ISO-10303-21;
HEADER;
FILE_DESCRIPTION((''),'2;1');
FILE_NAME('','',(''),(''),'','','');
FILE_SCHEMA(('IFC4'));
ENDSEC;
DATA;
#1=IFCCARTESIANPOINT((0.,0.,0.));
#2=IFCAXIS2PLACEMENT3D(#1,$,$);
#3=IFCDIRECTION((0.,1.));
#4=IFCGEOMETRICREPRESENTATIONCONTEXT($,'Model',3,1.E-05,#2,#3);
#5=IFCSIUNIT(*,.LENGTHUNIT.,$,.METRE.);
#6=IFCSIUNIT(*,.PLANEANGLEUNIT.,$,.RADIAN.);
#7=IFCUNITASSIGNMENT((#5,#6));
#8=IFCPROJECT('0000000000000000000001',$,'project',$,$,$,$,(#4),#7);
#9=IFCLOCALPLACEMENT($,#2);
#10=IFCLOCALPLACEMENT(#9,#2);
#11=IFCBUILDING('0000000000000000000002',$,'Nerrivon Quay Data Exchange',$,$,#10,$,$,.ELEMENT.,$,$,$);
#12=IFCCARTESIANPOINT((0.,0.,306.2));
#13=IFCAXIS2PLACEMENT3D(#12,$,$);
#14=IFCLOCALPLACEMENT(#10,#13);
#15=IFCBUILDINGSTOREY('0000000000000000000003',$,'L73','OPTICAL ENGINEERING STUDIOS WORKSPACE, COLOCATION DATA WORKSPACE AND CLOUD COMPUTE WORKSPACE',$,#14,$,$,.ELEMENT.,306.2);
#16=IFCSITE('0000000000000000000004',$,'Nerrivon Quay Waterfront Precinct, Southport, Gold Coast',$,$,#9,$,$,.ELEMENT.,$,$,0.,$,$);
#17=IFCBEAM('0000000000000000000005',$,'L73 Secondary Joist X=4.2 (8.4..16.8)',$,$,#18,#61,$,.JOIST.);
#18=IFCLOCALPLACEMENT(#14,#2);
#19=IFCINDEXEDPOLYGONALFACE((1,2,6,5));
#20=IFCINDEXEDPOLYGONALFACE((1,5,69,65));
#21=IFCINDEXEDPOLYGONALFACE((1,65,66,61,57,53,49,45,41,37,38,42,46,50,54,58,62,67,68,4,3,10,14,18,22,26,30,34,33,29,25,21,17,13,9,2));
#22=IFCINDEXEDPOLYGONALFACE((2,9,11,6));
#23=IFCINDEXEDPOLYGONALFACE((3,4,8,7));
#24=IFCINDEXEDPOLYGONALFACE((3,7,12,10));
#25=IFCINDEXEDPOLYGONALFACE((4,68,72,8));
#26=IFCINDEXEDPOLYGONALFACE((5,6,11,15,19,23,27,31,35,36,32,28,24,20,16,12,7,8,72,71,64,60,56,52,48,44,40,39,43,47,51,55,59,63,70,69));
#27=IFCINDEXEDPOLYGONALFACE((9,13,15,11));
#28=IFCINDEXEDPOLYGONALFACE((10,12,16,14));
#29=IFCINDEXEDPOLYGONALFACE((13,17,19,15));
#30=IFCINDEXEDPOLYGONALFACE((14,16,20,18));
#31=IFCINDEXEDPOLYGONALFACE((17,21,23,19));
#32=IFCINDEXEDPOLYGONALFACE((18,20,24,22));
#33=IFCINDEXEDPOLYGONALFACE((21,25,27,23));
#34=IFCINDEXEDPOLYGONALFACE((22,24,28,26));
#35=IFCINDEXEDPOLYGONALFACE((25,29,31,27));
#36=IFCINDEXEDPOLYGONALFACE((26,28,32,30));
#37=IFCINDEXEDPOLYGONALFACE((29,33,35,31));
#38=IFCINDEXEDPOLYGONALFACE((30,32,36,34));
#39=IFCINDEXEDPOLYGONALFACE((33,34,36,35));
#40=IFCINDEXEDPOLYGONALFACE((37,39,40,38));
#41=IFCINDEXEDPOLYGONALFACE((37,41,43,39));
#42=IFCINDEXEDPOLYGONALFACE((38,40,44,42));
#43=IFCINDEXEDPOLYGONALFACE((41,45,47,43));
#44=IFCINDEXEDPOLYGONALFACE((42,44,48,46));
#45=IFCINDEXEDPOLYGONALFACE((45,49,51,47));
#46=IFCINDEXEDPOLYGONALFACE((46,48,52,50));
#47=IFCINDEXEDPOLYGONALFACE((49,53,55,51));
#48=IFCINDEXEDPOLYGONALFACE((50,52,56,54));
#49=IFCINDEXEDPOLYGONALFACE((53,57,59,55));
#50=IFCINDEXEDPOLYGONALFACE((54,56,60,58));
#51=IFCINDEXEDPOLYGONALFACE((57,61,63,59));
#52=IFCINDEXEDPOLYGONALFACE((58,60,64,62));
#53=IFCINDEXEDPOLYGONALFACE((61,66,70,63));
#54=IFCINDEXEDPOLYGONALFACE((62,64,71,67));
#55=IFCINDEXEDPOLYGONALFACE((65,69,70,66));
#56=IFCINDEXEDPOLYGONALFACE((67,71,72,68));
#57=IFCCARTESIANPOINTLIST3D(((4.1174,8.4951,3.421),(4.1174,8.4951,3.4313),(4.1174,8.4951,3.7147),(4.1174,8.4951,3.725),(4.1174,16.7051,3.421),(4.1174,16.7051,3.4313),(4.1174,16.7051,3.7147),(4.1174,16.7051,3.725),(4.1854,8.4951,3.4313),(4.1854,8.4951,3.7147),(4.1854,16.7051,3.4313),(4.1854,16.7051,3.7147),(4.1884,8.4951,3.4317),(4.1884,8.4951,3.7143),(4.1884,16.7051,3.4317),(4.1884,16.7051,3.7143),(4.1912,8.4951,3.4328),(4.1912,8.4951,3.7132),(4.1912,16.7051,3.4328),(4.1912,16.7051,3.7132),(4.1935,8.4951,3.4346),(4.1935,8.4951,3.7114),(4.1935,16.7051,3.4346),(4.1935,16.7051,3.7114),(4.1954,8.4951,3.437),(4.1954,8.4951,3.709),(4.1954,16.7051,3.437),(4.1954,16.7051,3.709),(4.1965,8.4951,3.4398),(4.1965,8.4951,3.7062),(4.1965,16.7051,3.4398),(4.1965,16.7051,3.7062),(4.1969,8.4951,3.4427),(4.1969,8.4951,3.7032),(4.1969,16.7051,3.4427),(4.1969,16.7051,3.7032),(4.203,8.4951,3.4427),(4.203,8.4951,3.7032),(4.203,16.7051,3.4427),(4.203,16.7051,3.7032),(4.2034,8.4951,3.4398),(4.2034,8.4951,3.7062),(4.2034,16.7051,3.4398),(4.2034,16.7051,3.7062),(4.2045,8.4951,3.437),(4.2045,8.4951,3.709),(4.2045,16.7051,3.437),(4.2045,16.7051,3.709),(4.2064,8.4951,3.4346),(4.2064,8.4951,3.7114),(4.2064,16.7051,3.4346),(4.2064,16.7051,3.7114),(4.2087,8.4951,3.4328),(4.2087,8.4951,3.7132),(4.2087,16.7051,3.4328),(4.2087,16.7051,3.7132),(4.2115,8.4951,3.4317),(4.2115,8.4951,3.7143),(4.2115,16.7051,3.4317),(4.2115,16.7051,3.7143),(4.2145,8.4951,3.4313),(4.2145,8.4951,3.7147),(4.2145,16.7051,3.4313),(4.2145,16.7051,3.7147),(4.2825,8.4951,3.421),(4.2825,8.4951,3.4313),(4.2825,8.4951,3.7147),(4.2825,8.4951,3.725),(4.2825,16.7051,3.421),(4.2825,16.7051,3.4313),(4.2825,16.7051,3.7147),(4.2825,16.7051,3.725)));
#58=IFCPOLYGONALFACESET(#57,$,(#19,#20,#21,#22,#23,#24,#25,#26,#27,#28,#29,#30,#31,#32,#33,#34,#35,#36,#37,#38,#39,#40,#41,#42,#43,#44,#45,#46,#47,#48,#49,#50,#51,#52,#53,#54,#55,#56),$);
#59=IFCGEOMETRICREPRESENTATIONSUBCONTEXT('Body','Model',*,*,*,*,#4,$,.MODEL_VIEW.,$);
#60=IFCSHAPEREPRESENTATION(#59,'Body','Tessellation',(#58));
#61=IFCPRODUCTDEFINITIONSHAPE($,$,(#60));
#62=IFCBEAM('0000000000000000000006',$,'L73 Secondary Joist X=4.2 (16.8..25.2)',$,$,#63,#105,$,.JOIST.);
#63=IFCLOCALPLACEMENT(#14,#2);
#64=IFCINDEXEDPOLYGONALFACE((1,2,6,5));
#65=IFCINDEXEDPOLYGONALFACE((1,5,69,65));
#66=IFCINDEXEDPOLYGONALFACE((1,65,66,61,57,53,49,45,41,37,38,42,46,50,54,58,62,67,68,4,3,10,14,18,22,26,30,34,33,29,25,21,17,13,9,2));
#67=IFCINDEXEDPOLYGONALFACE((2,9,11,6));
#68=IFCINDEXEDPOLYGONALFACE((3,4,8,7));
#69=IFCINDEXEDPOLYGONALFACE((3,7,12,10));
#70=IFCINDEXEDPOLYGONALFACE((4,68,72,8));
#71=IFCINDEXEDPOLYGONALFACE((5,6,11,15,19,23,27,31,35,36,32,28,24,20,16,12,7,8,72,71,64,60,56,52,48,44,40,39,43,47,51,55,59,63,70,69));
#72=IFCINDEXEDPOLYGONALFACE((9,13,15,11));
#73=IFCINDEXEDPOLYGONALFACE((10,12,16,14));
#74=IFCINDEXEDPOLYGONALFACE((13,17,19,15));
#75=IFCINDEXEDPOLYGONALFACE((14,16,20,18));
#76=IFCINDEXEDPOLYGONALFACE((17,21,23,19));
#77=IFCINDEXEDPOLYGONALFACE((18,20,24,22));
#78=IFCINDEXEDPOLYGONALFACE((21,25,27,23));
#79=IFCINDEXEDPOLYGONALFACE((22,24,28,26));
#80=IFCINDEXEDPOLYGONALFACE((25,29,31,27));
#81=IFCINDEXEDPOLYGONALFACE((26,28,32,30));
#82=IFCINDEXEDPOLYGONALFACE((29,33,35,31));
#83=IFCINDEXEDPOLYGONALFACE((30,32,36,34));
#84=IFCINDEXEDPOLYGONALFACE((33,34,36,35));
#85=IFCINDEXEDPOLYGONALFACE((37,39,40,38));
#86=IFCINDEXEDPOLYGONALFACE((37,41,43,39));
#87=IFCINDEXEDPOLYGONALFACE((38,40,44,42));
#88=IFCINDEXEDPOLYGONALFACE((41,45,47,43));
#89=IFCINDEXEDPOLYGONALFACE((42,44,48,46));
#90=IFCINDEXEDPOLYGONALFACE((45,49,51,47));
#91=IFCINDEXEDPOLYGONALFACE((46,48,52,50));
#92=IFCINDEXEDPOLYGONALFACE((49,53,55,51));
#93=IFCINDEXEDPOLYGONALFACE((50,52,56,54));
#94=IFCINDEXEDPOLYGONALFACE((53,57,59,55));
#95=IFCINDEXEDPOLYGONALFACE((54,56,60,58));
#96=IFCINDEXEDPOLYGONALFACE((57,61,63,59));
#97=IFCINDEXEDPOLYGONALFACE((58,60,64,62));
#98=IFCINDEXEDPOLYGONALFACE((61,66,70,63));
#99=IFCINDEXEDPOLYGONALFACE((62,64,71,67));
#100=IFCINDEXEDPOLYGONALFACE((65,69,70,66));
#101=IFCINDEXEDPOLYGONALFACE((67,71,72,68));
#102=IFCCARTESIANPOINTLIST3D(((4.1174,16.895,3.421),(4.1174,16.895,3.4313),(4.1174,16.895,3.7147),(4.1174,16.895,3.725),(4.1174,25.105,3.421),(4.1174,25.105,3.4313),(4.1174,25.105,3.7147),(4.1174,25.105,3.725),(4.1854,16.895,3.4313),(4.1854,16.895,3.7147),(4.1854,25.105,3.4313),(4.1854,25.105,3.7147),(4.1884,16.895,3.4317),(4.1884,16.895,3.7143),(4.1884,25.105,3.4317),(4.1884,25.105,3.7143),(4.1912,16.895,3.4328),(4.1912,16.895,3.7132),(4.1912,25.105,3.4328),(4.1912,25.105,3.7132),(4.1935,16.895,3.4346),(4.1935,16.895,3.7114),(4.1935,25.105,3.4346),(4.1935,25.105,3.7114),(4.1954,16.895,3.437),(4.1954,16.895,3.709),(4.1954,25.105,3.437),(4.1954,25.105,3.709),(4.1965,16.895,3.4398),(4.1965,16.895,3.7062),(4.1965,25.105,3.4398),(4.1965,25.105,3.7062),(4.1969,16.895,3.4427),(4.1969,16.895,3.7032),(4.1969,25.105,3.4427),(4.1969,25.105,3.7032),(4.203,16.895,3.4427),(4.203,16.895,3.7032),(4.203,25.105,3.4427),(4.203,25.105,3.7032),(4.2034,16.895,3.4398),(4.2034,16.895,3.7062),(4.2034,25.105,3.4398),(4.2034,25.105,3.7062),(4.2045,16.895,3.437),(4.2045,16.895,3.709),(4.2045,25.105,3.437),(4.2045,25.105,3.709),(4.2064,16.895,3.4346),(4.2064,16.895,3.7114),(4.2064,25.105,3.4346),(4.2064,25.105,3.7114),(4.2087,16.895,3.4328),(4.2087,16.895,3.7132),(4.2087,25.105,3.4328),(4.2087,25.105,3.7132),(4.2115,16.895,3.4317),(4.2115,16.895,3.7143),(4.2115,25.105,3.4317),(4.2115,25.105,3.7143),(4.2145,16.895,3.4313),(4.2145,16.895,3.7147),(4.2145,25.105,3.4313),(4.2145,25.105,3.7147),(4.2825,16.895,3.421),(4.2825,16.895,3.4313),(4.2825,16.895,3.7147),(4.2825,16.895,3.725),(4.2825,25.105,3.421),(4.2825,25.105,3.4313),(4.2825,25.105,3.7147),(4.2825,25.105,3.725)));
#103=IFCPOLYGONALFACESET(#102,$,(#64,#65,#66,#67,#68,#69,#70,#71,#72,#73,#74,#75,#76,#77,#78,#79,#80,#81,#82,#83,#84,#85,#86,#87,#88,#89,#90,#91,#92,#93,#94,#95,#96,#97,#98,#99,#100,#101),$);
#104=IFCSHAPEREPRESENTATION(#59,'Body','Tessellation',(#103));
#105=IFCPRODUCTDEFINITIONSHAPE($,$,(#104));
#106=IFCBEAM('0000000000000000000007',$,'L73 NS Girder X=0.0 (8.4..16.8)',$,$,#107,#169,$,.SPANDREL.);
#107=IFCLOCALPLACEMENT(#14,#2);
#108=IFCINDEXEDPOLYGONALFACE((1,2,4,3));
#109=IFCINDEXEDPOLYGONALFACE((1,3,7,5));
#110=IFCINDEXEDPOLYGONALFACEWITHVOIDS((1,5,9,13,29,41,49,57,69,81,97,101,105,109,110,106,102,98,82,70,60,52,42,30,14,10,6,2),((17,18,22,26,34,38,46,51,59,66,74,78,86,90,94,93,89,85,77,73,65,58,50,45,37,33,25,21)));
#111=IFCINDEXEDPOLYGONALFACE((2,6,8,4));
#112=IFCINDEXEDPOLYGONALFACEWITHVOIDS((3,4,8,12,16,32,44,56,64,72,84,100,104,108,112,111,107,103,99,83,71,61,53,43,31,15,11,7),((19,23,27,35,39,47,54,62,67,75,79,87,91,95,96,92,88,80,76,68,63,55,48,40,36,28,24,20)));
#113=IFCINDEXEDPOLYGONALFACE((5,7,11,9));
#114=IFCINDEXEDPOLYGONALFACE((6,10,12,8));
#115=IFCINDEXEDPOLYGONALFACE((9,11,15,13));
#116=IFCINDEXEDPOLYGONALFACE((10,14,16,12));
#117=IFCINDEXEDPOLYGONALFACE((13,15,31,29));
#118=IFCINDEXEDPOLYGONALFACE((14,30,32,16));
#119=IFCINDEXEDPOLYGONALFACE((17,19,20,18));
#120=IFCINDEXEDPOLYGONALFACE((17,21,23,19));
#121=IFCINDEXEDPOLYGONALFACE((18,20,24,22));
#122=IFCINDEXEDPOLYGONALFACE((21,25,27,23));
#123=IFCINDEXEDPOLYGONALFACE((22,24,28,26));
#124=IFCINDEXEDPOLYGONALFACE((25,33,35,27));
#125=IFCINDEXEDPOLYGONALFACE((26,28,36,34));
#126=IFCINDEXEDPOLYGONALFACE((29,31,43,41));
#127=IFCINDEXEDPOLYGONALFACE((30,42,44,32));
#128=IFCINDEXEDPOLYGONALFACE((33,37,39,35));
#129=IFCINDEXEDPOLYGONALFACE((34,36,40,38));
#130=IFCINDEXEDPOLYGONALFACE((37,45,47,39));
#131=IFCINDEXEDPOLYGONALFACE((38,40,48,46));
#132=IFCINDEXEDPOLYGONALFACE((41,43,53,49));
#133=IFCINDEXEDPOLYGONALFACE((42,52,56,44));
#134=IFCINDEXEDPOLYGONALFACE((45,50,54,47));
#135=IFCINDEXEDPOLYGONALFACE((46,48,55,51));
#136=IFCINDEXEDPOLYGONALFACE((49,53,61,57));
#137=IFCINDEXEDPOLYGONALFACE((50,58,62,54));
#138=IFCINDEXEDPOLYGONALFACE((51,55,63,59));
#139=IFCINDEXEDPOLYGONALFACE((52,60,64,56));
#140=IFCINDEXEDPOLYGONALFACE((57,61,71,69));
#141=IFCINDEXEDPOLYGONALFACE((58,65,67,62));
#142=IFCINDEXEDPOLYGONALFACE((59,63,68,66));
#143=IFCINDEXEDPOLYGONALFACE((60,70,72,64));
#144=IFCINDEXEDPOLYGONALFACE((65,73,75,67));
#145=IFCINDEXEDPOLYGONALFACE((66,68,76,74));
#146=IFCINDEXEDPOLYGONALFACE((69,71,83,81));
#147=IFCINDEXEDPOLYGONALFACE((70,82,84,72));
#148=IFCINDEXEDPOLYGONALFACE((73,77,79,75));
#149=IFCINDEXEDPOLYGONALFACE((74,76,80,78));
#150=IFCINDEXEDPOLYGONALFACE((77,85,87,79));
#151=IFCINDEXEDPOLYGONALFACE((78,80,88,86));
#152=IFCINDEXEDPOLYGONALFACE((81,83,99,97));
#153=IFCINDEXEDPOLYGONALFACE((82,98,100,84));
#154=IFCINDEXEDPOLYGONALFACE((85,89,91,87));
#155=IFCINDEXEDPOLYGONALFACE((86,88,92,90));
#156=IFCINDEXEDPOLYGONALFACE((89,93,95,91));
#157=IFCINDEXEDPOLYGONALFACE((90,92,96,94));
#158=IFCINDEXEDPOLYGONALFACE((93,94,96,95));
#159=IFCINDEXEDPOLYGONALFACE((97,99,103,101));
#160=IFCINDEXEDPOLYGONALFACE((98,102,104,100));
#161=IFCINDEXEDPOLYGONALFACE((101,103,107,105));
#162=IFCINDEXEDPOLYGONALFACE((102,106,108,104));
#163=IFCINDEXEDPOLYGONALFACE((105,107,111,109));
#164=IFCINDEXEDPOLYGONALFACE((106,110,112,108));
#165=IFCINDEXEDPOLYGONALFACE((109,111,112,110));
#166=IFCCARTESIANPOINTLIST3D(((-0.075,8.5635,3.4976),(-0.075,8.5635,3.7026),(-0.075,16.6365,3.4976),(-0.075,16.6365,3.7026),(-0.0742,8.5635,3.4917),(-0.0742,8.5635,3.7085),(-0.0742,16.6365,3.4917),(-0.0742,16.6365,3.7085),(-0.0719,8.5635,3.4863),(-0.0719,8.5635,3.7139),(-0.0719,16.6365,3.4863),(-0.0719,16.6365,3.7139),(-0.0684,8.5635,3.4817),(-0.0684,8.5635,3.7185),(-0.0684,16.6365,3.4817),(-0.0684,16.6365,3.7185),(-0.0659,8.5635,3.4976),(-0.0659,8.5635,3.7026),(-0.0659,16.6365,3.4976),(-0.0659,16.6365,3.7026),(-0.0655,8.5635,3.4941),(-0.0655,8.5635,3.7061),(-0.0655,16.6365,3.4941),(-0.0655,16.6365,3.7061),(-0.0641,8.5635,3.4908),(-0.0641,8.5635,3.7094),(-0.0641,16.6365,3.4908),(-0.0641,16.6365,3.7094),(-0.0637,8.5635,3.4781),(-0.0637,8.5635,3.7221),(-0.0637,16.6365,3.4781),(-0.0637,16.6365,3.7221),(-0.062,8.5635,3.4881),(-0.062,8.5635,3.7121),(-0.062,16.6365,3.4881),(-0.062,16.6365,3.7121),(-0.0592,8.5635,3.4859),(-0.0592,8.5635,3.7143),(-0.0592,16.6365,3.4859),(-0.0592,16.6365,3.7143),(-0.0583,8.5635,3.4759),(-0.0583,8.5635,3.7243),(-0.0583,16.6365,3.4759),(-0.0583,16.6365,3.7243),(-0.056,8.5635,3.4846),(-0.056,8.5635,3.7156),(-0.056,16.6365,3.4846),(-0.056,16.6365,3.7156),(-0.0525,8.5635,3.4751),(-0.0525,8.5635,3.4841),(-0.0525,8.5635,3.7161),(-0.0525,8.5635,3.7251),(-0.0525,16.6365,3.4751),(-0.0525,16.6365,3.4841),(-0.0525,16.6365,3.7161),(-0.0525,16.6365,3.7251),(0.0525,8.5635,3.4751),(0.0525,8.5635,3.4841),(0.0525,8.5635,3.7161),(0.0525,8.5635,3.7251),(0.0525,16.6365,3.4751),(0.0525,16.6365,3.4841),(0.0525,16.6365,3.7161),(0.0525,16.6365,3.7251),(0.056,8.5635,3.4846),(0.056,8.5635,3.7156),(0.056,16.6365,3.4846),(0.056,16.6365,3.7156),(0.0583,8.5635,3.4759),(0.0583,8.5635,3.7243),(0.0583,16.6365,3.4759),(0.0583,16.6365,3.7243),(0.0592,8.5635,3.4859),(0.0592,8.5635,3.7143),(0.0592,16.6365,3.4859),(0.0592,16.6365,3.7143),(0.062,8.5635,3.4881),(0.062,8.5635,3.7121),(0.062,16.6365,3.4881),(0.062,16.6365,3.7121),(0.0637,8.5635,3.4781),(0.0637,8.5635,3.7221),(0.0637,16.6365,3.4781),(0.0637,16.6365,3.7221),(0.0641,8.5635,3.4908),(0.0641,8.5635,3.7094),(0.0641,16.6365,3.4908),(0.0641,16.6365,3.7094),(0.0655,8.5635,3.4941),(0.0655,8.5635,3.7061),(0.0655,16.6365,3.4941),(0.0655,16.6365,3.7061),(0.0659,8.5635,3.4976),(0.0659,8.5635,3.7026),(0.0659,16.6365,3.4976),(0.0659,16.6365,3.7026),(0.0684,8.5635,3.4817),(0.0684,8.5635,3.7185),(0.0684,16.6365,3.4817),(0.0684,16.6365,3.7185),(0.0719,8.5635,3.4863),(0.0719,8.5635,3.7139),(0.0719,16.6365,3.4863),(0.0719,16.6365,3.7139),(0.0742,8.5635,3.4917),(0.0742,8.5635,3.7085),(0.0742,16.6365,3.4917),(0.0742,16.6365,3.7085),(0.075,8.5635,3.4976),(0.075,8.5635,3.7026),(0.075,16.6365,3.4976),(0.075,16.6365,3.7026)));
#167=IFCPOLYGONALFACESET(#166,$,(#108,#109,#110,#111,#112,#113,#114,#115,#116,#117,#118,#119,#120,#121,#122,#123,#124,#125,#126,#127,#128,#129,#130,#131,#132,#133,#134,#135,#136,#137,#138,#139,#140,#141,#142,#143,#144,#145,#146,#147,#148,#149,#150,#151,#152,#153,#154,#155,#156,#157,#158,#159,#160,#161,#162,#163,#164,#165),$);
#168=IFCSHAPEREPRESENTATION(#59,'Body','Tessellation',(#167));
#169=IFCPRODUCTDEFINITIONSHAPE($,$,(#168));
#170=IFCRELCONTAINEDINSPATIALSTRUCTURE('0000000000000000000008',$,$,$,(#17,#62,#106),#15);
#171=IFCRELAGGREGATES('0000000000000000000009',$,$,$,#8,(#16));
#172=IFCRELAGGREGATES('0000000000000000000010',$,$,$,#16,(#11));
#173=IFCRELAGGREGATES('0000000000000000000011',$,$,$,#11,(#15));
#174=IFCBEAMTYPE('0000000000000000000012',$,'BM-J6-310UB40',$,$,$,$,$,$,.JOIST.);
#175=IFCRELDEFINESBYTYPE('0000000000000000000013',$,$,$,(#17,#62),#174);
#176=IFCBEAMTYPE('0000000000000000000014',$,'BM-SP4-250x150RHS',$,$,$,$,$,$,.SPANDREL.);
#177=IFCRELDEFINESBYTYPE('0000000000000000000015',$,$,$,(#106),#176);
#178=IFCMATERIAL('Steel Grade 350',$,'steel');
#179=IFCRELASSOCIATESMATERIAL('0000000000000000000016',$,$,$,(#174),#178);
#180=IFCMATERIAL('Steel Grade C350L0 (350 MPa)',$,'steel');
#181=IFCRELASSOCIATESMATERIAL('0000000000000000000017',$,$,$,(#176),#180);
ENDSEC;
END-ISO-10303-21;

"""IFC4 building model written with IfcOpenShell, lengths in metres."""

from ifc_helpers import new_model, si_unit, direction, frame, origin, origin_2d, place, context, subcontext, project, spatial, hollow_rectangle, i_section, extrude, material, material_profile, profile_set, type_object, element, save


model = new_model("IFC4")

# Units and contexts
model_context = context("Model", 3, precision=1e-05, world=origin(), true_north=direction((0.0, 1.0)))
body_context = subcontext(model_context, "Body", "Model", "MODEL_VIEW")
ifc_project = project(units=[si_unit("LENGTHUNIT", "METRE"), si_unit("PLANEANGLEUNIT", "RADIAN")], contexts=[model_context])

# Site, building, storey
site_placement = place(None, origin())
site = spatial("IfcSite", under=ifc_project, at=site_placement, Name="Nerrivon Quay Waterfront Precinct, Southport, Gold Coast", CompositionType="ELEMENT", RefElevation=0.0)
building_placement = place(site_placement, origin())
building = spatial("IfcBuilding", under=site, at=building_placement, Name="Nerrivon Quay Data Exchange", CompositionType="ELEMENT")
storey_placement = place(building_placement, frame((0.0, 0.0, 306.2)))
storey = spatial("IfcBuildingStorey", under=building, at=storey_placement, Name="L73", Description="OPTICAL ENGINEERING STUDIOS WORKSPACE, COLOCATION DATA WORKSPACE AND CLOUD COMPUTE WORKSPACE", CompositionType="ELEMENT", Elevation=306.2)

# Shared definitions
ifc_material_1 = material(Name="Steel Grade 350", Category="steel")

# Beams
ifc_material_profile_1 = material_profile(ifc_material_1, i_section(OverallWidth=0.165, OverallDepth=0.304, WebThickness=0.0061, FlangeThickness=0.0103, FilletRadius=0.0115, at=origin_2d()), Name="310UB40.4")
ifc_profile_set_1 = profile_set([ifc_material_profile_1], Name="Steel Grade 350")
beam_type_1 = type_object("IfcBeamType", Name="BM-J6-310UB40", PredefinedType="JOIST", material=ifc_profile_set_1)
for number, where, z_axis, x_axis, name in (
    (1, (4.2, 8.4951, 3.573), (0.0, 1.0, 0.0), (-1.0, 0.0, 0.0), "L73 Secondary Joist X=4.2 (8.4..16.8)"),
    (2, (4.2, 16.895, 3.573), (0.0, 1.0, 0.0), (-1.0, 0.0, 0.0), "L73 Secondary Joist X=4.2 (16.8..25.2)"),
):
    element("IfcBeam", number, at=place(storey_placement, frame(where, z_axis=z_axis, x_axis=x_axis)), inside=storey, type_object=beam_type_1, Name=name, PredefinedType="JOIST", context=body_context, shape_type="SweptSolid", body=[
        extrude(i_section(OverallWidth=0.165, OverallDepth=0.304, WebThickness=0.0061, FlangeThickness=0.0103, FilletRadius=0.0115, at=origin_2d()), origin(), (0.0, 0.0, 1.0), 8.21),
    ])
ifc_material_2 = material(Name="Steel Grade C350L0 (350 MPa)", Category="steel")
ifc_material_profile_2 = material_profile(ifc_material_2, hollow_rectangle(XDim=0.1499, YDim=0.25, WallThickness=0.009, InnerFilletRadius=0.0134, OuterFilletRadius=0.0225, at=origin_2d()), Name="250x150x9.0RHS")
ifc_profile_set_2 = profile_set([ifc_material_profile_2], Name="Steel Grade C350L0 (350 MPa)")
beam_type_2 = type_object("IfcBeamType", Name="BM-SP4-250x150RHS", PredefinedType="SPANDREL", material=ifc_profile_set_2)
beam_1_placement = place(storey_placement, frame((0.0, 8.5635, 3.6001), z_axis=(0.0, 1.0, 0.0), x_axis=(-1.0, 0.0, 0.0)))
element("IfcBeam", 3, at=beam_1_placement, inside=storey, type_object=beam_type_2, Name="L73 NS Girder X=0.0 (8.4..16.8)", PredefinedType="SPANDREL", context=body_context, shape_type="SweptSolid", body=[
    extrude(hollow_rectangle(XDim=0.1499, YDim=0.25, WallThickness=0.009, InnerFilletRadius=0.0134, OuterFilletRadius=0.0225, at=origin_2d()), origin(), (0.0, 0.0, 1.0), 8.073),
])

save(model, "model.ifc")
